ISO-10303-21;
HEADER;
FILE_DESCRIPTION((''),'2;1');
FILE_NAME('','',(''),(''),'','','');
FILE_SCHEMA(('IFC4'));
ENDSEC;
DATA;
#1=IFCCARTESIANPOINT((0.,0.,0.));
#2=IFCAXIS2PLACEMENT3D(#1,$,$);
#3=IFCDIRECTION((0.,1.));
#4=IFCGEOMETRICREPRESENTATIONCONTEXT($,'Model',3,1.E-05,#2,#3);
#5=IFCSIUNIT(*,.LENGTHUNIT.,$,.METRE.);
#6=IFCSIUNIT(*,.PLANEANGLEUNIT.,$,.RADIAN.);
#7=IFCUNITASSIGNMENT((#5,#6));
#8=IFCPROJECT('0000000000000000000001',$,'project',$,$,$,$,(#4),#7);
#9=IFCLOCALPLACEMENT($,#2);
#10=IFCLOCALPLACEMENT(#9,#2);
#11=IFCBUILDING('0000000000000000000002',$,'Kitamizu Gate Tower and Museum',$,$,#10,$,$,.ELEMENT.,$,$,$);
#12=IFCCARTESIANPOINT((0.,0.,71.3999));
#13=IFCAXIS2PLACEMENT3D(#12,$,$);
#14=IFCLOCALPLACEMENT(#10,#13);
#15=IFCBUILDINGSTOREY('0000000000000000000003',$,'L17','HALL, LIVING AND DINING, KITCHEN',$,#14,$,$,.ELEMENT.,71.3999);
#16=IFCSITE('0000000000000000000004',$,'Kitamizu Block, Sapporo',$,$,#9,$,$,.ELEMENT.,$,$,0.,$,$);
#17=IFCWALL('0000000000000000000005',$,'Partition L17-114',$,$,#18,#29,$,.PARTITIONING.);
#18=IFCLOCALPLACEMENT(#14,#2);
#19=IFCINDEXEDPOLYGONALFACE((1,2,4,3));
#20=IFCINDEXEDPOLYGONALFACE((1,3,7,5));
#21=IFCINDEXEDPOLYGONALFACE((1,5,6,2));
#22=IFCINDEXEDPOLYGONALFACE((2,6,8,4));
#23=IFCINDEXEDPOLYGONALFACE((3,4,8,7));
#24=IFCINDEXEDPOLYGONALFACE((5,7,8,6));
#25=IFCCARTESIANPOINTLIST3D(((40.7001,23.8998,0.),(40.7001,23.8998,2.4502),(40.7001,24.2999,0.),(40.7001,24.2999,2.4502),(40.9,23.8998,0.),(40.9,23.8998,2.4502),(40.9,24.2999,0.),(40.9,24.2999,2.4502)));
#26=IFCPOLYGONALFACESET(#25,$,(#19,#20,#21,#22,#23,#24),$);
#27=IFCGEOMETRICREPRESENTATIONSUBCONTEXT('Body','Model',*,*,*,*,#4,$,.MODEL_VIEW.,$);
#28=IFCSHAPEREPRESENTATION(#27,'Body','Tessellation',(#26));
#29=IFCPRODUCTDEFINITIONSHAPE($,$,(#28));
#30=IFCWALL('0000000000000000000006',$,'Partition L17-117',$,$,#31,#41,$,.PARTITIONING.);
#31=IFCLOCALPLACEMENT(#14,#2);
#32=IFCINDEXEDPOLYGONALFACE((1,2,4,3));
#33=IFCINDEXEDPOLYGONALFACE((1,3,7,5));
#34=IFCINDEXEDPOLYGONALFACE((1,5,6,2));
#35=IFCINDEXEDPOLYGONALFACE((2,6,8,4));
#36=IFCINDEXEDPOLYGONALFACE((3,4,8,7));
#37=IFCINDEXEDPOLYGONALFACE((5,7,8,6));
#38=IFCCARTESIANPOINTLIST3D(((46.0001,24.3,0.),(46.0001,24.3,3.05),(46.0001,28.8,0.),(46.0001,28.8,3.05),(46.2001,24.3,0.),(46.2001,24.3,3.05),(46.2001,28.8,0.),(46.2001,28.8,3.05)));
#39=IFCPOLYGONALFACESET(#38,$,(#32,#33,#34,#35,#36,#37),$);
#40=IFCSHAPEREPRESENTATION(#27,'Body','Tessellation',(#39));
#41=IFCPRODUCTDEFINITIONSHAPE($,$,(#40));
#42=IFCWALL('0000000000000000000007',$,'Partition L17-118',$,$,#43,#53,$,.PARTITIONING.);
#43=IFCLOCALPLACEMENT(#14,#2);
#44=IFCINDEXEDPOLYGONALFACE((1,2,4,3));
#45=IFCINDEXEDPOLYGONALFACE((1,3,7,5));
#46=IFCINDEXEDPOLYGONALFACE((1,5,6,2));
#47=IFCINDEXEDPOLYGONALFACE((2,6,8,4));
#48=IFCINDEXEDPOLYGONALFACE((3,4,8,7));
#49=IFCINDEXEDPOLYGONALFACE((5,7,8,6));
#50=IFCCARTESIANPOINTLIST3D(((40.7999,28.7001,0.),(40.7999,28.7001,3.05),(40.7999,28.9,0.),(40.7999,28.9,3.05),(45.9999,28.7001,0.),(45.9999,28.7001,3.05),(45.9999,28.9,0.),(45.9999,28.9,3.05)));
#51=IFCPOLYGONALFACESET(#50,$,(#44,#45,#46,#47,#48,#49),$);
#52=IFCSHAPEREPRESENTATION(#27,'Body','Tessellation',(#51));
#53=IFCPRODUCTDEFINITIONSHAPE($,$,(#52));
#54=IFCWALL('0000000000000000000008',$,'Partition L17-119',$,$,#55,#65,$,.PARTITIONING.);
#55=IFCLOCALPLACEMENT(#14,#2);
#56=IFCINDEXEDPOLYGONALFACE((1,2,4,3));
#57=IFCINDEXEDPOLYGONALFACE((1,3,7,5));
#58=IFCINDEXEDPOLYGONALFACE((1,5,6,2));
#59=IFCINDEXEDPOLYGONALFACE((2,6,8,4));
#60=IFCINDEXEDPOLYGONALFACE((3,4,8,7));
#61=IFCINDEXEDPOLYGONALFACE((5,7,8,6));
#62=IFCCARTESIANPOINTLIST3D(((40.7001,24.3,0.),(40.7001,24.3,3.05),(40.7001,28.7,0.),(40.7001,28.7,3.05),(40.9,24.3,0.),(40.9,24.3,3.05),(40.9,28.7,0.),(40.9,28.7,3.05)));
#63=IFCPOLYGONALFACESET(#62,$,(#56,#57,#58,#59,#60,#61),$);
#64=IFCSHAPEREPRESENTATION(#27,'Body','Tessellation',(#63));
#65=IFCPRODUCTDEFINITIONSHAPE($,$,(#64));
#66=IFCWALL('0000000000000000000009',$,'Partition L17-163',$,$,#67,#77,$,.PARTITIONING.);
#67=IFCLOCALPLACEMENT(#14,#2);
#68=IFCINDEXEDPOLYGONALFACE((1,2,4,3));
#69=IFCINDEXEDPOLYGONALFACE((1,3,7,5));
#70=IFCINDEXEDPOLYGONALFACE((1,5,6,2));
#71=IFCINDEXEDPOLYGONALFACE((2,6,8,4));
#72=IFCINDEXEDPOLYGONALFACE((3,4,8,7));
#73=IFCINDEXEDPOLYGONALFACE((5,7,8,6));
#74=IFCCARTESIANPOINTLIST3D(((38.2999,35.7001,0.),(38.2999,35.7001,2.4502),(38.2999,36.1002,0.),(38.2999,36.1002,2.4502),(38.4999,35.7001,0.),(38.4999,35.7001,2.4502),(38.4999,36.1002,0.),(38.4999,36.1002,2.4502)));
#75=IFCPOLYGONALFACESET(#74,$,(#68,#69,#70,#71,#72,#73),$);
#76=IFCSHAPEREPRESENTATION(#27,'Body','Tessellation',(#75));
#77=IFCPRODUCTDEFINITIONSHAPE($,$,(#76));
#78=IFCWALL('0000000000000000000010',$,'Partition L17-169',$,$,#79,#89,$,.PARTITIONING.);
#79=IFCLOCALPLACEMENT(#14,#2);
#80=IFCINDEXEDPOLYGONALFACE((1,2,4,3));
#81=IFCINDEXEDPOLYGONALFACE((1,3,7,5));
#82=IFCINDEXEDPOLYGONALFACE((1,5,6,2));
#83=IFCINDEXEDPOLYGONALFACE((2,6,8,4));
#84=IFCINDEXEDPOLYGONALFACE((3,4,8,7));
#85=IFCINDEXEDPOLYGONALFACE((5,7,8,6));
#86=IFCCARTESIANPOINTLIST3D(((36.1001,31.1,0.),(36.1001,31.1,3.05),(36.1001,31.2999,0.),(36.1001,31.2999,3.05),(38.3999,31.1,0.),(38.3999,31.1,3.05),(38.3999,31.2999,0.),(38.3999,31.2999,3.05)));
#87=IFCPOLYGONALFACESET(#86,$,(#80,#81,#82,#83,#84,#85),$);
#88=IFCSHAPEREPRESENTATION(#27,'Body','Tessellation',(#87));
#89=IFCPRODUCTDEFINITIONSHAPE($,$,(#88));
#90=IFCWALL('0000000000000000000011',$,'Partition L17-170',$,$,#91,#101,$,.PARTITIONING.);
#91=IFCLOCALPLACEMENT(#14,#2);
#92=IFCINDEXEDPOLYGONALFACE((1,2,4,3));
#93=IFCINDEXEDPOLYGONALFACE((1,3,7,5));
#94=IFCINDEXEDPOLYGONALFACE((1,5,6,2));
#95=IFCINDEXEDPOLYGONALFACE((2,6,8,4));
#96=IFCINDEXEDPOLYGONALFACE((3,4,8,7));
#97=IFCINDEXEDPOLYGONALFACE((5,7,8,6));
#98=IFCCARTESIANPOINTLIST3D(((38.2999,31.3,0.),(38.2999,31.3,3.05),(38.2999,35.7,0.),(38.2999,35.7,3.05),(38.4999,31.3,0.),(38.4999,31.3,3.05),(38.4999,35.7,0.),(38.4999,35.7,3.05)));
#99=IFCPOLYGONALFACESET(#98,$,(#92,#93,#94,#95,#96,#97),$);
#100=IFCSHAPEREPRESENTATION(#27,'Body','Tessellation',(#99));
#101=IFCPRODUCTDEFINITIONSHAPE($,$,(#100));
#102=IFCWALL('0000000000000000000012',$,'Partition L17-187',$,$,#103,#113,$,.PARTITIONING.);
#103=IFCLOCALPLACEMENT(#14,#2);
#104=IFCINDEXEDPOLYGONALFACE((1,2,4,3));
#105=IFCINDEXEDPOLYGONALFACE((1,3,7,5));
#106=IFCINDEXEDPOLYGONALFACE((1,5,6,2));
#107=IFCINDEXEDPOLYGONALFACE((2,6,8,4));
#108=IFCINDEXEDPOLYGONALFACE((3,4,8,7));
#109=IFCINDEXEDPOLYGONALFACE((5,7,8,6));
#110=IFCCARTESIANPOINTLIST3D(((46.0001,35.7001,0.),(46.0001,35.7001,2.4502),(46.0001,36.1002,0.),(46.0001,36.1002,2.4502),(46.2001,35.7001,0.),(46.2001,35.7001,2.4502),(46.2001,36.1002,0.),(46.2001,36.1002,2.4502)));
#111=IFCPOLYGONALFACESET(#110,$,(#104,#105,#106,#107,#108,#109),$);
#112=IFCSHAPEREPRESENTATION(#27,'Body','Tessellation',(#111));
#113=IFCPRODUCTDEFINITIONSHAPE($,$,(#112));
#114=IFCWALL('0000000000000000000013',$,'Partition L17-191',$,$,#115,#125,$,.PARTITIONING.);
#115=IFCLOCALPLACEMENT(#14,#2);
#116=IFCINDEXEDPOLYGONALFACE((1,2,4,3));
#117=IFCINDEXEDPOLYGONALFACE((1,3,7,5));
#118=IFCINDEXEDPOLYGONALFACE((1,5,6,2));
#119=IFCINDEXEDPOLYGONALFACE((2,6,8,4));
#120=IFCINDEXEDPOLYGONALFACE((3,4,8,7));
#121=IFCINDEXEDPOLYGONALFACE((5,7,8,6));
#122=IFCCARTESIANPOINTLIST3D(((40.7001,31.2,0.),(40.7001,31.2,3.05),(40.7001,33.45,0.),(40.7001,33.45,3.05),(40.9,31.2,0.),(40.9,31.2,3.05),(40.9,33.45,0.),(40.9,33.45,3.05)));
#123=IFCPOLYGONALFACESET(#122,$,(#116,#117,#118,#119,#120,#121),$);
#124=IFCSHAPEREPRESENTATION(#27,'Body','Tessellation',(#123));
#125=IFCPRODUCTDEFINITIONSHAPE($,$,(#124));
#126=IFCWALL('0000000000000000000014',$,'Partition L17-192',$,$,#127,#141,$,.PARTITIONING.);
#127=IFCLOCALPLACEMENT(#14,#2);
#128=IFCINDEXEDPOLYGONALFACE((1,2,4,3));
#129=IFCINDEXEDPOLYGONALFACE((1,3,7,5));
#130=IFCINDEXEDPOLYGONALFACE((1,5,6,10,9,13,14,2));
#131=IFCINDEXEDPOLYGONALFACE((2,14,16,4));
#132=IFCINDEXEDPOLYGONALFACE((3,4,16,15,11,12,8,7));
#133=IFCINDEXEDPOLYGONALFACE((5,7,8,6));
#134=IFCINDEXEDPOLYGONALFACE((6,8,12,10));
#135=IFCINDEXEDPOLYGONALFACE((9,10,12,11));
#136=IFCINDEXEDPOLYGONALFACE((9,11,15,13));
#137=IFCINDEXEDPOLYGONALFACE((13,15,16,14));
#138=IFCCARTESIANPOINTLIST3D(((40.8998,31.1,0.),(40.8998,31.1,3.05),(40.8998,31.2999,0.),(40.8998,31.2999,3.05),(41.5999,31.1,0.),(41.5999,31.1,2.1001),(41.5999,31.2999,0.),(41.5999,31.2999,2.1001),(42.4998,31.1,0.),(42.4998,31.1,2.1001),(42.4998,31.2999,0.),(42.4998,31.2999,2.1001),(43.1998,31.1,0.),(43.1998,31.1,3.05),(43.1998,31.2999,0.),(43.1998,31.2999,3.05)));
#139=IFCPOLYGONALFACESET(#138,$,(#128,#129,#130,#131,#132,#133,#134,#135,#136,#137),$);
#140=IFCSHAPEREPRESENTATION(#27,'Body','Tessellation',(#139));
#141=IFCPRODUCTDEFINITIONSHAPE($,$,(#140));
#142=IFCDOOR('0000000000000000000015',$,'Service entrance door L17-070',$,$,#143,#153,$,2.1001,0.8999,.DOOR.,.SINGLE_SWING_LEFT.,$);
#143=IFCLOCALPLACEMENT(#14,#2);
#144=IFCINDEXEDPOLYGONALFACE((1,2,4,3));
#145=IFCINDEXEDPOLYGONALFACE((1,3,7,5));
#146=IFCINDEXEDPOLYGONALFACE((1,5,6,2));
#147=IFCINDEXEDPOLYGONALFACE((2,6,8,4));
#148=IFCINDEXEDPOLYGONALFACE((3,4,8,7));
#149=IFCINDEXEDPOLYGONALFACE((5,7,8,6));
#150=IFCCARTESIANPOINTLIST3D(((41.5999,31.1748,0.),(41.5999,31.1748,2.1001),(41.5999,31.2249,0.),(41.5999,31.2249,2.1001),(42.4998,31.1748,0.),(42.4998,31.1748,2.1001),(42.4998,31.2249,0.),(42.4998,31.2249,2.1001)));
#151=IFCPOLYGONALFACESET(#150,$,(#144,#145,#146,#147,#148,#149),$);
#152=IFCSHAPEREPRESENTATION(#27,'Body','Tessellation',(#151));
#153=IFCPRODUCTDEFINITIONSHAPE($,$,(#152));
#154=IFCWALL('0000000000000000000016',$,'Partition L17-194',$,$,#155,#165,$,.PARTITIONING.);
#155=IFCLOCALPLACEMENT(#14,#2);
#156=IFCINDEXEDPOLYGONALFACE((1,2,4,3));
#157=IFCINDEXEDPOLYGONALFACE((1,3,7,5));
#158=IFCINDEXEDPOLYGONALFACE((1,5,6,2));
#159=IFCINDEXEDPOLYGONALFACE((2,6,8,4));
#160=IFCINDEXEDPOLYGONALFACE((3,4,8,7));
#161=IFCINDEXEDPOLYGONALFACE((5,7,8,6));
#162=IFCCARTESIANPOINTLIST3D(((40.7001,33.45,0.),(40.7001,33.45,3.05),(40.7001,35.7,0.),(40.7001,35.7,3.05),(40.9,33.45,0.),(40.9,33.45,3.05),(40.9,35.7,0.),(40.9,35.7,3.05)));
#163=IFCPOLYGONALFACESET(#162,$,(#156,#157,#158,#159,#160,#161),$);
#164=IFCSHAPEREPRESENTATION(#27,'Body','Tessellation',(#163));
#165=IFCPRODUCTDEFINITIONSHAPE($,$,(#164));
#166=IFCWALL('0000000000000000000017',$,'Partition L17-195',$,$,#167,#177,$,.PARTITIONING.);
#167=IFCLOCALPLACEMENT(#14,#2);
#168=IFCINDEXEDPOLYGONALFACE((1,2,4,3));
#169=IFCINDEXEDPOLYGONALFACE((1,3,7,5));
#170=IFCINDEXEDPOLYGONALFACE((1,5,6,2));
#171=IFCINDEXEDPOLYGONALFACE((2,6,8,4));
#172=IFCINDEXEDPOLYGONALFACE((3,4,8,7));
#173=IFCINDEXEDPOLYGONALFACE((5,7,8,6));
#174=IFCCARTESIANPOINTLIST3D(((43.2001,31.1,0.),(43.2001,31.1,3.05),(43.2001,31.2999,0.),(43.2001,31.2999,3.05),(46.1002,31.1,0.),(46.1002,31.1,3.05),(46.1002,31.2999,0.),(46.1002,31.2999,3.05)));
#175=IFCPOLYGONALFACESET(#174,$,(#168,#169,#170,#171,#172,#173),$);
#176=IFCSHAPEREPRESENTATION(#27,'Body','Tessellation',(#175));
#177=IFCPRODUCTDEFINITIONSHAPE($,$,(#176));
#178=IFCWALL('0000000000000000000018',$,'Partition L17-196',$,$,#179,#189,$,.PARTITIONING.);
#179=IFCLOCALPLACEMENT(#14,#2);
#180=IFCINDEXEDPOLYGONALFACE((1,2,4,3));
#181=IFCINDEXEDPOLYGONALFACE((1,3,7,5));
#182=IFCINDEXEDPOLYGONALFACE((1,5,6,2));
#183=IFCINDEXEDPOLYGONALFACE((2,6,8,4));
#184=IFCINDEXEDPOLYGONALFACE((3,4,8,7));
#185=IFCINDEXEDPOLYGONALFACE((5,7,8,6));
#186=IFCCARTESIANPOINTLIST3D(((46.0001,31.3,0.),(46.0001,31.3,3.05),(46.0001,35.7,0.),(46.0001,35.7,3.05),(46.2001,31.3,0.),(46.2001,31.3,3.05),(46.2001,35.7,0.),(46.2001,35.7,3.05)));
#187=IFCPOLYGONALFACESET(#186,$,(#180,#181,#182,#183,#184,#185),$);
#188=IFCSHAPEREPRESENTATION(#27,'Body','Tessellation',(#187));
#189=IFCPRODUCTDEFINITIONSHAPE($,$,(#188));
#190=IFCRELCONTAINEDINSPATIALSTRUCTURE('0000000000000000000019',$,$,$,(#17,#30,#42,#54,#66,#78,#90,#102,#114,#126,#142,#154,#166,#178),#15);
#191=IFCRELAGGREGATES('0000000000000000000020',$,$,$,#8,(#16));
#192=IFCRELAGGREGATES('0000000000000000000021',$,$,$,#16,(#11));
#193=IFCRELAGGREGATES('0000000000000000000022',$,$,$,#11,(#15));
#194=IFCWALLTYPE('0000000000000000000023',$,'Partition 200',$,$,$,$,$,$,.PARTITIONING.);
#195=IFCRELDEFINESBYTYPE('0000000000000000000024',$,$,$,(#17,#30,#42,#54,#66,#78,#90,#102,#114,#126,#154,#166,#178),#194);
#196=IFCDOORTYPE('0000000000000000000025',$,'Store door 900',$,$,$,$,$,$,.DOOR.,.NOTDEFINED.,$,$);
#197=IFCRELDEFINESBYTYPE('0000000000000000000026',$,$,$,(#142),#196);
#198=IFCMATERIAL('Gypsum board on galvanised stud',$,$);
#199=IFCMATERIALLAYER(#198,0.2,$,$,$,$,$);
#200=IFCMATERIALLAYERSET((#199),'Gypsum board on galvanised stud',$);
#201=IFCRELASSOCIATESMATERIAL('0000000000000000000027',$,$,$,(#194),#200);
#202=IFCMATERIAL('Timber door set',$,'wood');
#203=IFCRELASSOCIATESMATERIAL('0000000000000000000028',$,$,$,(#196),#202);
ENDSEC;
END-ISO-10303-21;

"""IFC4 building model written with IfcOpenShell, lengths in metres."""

from ifc_helpers import new_model, si_unit, direction, frame, frame_2d, origin, place, context, subcontext, project, spatial, rectangle, extrude, material, layer, layer_set, type_object, element, fill, save


model = new_model("IFC4")

# Units and contexts
model_context = context("Model", 3, precision=1e-05, world=origin(), true_north=direction((0.0, 1.0)))
body_context = subcontext(model_context, "Body", "Model", "MODEL_VIEW")
ifc_project = project(units=[si_unit("LENGTHUNIT", "METRE"), si_unit("PLANEANGLEUNIT", "RADIAN")], contexts=[model_context])

# Site, building, storey
site_placement = place(None, origin())
site = spatial("IfcSite", under=ifc_project, at=site_placement, Name="Kitamizu Block, Sapporo", CompositionType="ELEMENT", RefElevation=0.0)
building_placement = place(site_placement, origin())
building = spatial("IfcBuilding", under=site, at=building_placement, Name="Kitamizu Gate Tower and Museum", CompositionType="ELEMENT")
storey_placement = place(building_placement, frame((0.0, 0.0, 71.3999)))
storey = spatial("IfcBuildingStorey", under=building, at=storey_placement, Name="L17", Description="HALL, LIVING AND DINING, KITCHEN", CompositionType="ELEMENT", Elevation=71.3999)

# Walls
ifc_material_1 = material(Name="Gypsum board on galvanised stud")
ifc_layer_1 = layer(ifc_material_1, 0.2)
ifc_layer_set_1 = layer_set([ifc_layer_1], Name="Gypsum board on galvanised stud")
wall_type_1 = type_object("IfcWallType", Name="Partition 200", PredefinedType="PARTITIONING", material=ifc_layer_set_1)
wall_1_placement = place(storey_placement, frame((40.8, 24.3, 0.0), z_axis=(0.0, 0.0, 1.0), x_axis=(0.0, -1.0, 0.0)))
element("IfcWall", 1, at=wall_1_placement, inside=storey, type_object=wall_type_1, Name="Partition L17-114", PredefinedType="PARTITIONING", context=body_context, shape_type="SweptSolid", body=[
    extrude(rectangle(XDim=0.4001, YDim=0.2, at=frame_2d((0.2002, 0.0))), origin(), (0.0, 0.0, 1.0), 2.4502),
])
wall_2_placement = place(storey_placement, frame((46.1001, 24.3, 0.0), z_axis=(0.0, 0.0, 1.0), x_axis=(0.0, 1.0, 0.0)))
element("IfcWall", 2, at=wall_2_placement, inside=storey, type_object=wall_type_1, Name="Partition L17-117", PredefinedType="PARTITIONING", context=body_context, shape_type="SweptSolid", body=[
    extrude(rectangle(XDim=4.5, YDim=0.2, at=frame_2d((2.25, 0.0))), origin(), (0.0, 0.0, 1.0), 3.05),
])
wall_3_placement = place(storey_placement, frame((46.0, 28.8, 0.0), z_axis=(0.0, 0.0, 1.0), x_axis=(-1.0, 0.0, 0.0)))
element("IfcWall", 3, at=wall_3_placement, inside=storey, type_object=wall_type_1, Name="Partition L17-118", PredefinedType="PARTITIONING", context=body_context, shape_type="SweptSolid", body=[
    extrude(rectangle(XDim=5.2, YDim=0.2, at=frame_2d((2.6001, 0.0))), origin(), (0.0, 0.0, 1.0), 3.05),
])
wall_4_placement = place(storey_placement, frame((40.8, 28.7, 0.0), z_axis=(0.0, 0.0, 1.0), x_axis=(0.0, -1.0, 0.0)))
element("IfcWall", 4, at=wall_4_placement, inside=storey, type_object=wall_type_1, Name="Partition L17-119", PredefinedType="PARTITIONING", context=body_context, shape_type="SweptSolid", body=[
    extrude(rectangle(XDim=4.3999, YDim=0.2, at=frame_2d((2.2, 0.0))), origin(), (0.0, 0.0, 1.0), 3.05),
])
wall_5_placement = place(storey_placement, frame((38.3999, 35.7, 0.0), z_axis=(0.0, 0.0, 1.0), x_axis=(0.0, 1.0, 0.0)))
element("IfcWall", 5, at=wall_5_placement, inside=storey, type_object=wall_type_1, Name="Partition L17-163", PredefinedType="PARTITIONING", context=body_context, shape_type="SweptSolid", body=[
    extrude(rectangle(XDim=0.4001, YDim=0.2, at=frame_2d((0.2002, 0.0))), origin(), (0.0, 0.0, 1.0), 2.4502),
])
wall_6_placement = place(storey_placement, frame((36.1001, 31.2, 0.0), z_axis=(0.0, 0.0, 1.0), x_axis=(1.0, 0.0, 0.0)))
element("IfcWall", 6, at=wall_6_placement, inside=storey, type_object=wall_type_1, Name="Partition L17-169", PredefinedType="PARTITIONING", context=body_context, shape_type="SweptSolid", body=[
    extrude(rectangle(XDim=2.2998, YDim=0.2, at=frame_2d((1.1499, 0.0))), origin(), (0.0, 0.0, 1.0), 3.05),
])
wall_7_placement = place(storey_placement, frame((38.3999, 31.3, 0.0), z_axis=(0.0, 0.0, 1.0), x_axis=(0.0, 1.0, 0.0)))
element("IfcWall", 7, at=wall_7_placement, inside=storey, type_object=wall_type_1, Name="Partition L17-170", PredefinedType="PARTITIONING", context=body_context, shape_type="SweptSolid", body=[
    extrude(rectangle(XDim=4.3999, YDim=0.2, at=frame_2d((2.2, 0.0))), origin(), (0.0, 0.0, 1.0), 3.05),
])
wall_8_placement = place(storey_placement, frame((46.1001, 35.7, 0.0), z_axis=(0.0, 0.0, 1.0), x_axis=(0.0, 1.0, 0.0)))
element("IfcWall", 8, at=wall_8_placement, inside=storey, type_object=wall_type_1, Name="Partition L17-187", PredefinedType="PARTITIONING", context=body_context, shape_type="SweptSolid", body=[
    extrude(rectangle(XDim=0.4001, YDim=0.2, at=frame_2d((0.2002, 0.0))), origin(), (0.0, 0.0, 1.0), 2.4502),
])
wall_9_placement = place(storey_placement, frame((40.8, 33.45, 0.0), z_axis=(0.0, 0.0, 1.0), x_axis=(0.0, -1.0, 0.0)))
element("IfcWall", 9, at=wall_9_placement, inside=storey, type_object=wall_type_1, Name="Partition L17-191", PredefinedType="PARTITIONING", context=body_context, shape_type="SweptSolid", body=[
    extrude(rectangle(XDim=2.25, YDim=0.2, at=frame_2d((1.125, 0.0))), origin(), (0.0, 0.0, 1.0), 3.05),
])

# Wall, opening, door
wall_10_placement = place(storey_placement, frame((40.8999, 31.2, 0.0), z_axis=(0.0, 0.0, 1.0), x_axis=(1.0, 0.0, 0.0)))
wall_10 = element("IfcWall", 10, at=wall_10_placement, inside=storey, type_object=wall_type_1, Name="Partition L17-192", PredefinedType="PARTITIONING", context=body_context, shape_type="SweptSolid", body=[
    extrude(rectangle(XDim=2.3, YDim=0.2, at=frame_2d((1.1499, 0.0))), origin(), (0.0, 0.0, 1.0), 3.05),
])
opening_1_placement = place(wall_10_placement, frame((0.7, 0.0, 0.0)))
opening_1 = element("IfcOpeningElement", 11, at=opening_1_placement, cuts=wall_10, PredefinedType="OPENING", context=body_context, shape_type="SweptSolid", body=[
    extrude(rectangle(XDim=0.8999, YDim=2.1001, at=frame_2d((0.45, 1.05))), frame((0.0, 0.1099, 0.0), z_axis=(0.0, -1.0, 0.0), x_axis=(1.0, 0.0, 0.0)), (0.0, 0.0, 1.0), 0.22),
])
ifc_material_2 = material(Name="Timber door set", Category="wood")
door_type_1 = type_object("IfcDoorType", Name="Store door 900", OperationType="NOTDEFINED", PredefinedType="DOOR", material=ifc_material_2)
door_1_placement = place(opening_1_placement, origin())
door_1 = element("IfcDoor", 12, at=door_1_placement, inside=storey, type_object=door_type_1, Name="Service entrance door L17-070", OperationType="SINGLE_SWING_LEFT", OverallHeight=2.1001, OverallWidth=0.8999, PredefinedType="DOOR", context=body_context, shape_type="SweptSolid", body=[
    extrude(rectangle(XDim=0.8999, YDim=2.1001, at=frame_2d((0.45, 1.05))), frame((0.0, 0.0249, 0.0), z_axis=(0.0, -1.0, 0.0), x_axis=(1.0, 0.0, 0.0)), (0.0, 0.0, 1.0), 0.05),
])
fill(opening_1, door_1)

# Walls
wall_11_placement = place(storey_placement, frame((40.8, 35.7, 0.0), z_axis=(0.0, 0.0, 1.0), x_axis=(0.0, -1.0, 0.0)))
element("IfcWall", 13, at=wall_11_placement, inside=storey, type_object=wall_type_1, Name="Partition L17-194", PredefinedType="PARTITIONING", context=body_context, shape_type="SweptSolid", body=[
    extrude(rectangle(XDim=2.25, YDim=0.2, at=frame_2d((1.125, 0.0))), origin(), (0.0, 0.0, 1.0), 3.05),
])
wall_12_placement = place(storey_placement, frame((43.2, 31.2, 0.0), z_axis=(0.0, 0.0, 1.0), x_axis=(1.0, 0.0, 0.0)))
element("IfcWall", 14, at=wall_12_placement, inside=storey, type_object=wall_type_1, Name="Partition L17-195", PredefinedType="PARTITIONING", context=body_context, shape_type="SweptSolid", body=[
    extrude(rectangle(XDim=2.9001, YDim=0.2, at=frame_2d((1.4502, 0.0))), origin(), (0.0, 0.0, 1.0), 3.05),
])
wall_13_placement = place(storey_placement, frame((46.1001, 31.3, 0.0), z_axis=(0.0, 0.0, 1.0), x_axis=(0.0, 1.0, 0.0)))
element("IfcWall", 15, at=wall_13_placement, inside=storey, type_object=wall_type_1, Name="Partition L17-196", PredefinedType="PARTITIONING", context=body_context, shape_type="SweptSolid", body=[
    extrude(rectangle(XDim=4.3999, YDim=0.2, at=frame_2d((2.2, 0.0))), origin(), (0.0, 0.0, 1.0), 3.05),
])

save(model, "model.ifc")
